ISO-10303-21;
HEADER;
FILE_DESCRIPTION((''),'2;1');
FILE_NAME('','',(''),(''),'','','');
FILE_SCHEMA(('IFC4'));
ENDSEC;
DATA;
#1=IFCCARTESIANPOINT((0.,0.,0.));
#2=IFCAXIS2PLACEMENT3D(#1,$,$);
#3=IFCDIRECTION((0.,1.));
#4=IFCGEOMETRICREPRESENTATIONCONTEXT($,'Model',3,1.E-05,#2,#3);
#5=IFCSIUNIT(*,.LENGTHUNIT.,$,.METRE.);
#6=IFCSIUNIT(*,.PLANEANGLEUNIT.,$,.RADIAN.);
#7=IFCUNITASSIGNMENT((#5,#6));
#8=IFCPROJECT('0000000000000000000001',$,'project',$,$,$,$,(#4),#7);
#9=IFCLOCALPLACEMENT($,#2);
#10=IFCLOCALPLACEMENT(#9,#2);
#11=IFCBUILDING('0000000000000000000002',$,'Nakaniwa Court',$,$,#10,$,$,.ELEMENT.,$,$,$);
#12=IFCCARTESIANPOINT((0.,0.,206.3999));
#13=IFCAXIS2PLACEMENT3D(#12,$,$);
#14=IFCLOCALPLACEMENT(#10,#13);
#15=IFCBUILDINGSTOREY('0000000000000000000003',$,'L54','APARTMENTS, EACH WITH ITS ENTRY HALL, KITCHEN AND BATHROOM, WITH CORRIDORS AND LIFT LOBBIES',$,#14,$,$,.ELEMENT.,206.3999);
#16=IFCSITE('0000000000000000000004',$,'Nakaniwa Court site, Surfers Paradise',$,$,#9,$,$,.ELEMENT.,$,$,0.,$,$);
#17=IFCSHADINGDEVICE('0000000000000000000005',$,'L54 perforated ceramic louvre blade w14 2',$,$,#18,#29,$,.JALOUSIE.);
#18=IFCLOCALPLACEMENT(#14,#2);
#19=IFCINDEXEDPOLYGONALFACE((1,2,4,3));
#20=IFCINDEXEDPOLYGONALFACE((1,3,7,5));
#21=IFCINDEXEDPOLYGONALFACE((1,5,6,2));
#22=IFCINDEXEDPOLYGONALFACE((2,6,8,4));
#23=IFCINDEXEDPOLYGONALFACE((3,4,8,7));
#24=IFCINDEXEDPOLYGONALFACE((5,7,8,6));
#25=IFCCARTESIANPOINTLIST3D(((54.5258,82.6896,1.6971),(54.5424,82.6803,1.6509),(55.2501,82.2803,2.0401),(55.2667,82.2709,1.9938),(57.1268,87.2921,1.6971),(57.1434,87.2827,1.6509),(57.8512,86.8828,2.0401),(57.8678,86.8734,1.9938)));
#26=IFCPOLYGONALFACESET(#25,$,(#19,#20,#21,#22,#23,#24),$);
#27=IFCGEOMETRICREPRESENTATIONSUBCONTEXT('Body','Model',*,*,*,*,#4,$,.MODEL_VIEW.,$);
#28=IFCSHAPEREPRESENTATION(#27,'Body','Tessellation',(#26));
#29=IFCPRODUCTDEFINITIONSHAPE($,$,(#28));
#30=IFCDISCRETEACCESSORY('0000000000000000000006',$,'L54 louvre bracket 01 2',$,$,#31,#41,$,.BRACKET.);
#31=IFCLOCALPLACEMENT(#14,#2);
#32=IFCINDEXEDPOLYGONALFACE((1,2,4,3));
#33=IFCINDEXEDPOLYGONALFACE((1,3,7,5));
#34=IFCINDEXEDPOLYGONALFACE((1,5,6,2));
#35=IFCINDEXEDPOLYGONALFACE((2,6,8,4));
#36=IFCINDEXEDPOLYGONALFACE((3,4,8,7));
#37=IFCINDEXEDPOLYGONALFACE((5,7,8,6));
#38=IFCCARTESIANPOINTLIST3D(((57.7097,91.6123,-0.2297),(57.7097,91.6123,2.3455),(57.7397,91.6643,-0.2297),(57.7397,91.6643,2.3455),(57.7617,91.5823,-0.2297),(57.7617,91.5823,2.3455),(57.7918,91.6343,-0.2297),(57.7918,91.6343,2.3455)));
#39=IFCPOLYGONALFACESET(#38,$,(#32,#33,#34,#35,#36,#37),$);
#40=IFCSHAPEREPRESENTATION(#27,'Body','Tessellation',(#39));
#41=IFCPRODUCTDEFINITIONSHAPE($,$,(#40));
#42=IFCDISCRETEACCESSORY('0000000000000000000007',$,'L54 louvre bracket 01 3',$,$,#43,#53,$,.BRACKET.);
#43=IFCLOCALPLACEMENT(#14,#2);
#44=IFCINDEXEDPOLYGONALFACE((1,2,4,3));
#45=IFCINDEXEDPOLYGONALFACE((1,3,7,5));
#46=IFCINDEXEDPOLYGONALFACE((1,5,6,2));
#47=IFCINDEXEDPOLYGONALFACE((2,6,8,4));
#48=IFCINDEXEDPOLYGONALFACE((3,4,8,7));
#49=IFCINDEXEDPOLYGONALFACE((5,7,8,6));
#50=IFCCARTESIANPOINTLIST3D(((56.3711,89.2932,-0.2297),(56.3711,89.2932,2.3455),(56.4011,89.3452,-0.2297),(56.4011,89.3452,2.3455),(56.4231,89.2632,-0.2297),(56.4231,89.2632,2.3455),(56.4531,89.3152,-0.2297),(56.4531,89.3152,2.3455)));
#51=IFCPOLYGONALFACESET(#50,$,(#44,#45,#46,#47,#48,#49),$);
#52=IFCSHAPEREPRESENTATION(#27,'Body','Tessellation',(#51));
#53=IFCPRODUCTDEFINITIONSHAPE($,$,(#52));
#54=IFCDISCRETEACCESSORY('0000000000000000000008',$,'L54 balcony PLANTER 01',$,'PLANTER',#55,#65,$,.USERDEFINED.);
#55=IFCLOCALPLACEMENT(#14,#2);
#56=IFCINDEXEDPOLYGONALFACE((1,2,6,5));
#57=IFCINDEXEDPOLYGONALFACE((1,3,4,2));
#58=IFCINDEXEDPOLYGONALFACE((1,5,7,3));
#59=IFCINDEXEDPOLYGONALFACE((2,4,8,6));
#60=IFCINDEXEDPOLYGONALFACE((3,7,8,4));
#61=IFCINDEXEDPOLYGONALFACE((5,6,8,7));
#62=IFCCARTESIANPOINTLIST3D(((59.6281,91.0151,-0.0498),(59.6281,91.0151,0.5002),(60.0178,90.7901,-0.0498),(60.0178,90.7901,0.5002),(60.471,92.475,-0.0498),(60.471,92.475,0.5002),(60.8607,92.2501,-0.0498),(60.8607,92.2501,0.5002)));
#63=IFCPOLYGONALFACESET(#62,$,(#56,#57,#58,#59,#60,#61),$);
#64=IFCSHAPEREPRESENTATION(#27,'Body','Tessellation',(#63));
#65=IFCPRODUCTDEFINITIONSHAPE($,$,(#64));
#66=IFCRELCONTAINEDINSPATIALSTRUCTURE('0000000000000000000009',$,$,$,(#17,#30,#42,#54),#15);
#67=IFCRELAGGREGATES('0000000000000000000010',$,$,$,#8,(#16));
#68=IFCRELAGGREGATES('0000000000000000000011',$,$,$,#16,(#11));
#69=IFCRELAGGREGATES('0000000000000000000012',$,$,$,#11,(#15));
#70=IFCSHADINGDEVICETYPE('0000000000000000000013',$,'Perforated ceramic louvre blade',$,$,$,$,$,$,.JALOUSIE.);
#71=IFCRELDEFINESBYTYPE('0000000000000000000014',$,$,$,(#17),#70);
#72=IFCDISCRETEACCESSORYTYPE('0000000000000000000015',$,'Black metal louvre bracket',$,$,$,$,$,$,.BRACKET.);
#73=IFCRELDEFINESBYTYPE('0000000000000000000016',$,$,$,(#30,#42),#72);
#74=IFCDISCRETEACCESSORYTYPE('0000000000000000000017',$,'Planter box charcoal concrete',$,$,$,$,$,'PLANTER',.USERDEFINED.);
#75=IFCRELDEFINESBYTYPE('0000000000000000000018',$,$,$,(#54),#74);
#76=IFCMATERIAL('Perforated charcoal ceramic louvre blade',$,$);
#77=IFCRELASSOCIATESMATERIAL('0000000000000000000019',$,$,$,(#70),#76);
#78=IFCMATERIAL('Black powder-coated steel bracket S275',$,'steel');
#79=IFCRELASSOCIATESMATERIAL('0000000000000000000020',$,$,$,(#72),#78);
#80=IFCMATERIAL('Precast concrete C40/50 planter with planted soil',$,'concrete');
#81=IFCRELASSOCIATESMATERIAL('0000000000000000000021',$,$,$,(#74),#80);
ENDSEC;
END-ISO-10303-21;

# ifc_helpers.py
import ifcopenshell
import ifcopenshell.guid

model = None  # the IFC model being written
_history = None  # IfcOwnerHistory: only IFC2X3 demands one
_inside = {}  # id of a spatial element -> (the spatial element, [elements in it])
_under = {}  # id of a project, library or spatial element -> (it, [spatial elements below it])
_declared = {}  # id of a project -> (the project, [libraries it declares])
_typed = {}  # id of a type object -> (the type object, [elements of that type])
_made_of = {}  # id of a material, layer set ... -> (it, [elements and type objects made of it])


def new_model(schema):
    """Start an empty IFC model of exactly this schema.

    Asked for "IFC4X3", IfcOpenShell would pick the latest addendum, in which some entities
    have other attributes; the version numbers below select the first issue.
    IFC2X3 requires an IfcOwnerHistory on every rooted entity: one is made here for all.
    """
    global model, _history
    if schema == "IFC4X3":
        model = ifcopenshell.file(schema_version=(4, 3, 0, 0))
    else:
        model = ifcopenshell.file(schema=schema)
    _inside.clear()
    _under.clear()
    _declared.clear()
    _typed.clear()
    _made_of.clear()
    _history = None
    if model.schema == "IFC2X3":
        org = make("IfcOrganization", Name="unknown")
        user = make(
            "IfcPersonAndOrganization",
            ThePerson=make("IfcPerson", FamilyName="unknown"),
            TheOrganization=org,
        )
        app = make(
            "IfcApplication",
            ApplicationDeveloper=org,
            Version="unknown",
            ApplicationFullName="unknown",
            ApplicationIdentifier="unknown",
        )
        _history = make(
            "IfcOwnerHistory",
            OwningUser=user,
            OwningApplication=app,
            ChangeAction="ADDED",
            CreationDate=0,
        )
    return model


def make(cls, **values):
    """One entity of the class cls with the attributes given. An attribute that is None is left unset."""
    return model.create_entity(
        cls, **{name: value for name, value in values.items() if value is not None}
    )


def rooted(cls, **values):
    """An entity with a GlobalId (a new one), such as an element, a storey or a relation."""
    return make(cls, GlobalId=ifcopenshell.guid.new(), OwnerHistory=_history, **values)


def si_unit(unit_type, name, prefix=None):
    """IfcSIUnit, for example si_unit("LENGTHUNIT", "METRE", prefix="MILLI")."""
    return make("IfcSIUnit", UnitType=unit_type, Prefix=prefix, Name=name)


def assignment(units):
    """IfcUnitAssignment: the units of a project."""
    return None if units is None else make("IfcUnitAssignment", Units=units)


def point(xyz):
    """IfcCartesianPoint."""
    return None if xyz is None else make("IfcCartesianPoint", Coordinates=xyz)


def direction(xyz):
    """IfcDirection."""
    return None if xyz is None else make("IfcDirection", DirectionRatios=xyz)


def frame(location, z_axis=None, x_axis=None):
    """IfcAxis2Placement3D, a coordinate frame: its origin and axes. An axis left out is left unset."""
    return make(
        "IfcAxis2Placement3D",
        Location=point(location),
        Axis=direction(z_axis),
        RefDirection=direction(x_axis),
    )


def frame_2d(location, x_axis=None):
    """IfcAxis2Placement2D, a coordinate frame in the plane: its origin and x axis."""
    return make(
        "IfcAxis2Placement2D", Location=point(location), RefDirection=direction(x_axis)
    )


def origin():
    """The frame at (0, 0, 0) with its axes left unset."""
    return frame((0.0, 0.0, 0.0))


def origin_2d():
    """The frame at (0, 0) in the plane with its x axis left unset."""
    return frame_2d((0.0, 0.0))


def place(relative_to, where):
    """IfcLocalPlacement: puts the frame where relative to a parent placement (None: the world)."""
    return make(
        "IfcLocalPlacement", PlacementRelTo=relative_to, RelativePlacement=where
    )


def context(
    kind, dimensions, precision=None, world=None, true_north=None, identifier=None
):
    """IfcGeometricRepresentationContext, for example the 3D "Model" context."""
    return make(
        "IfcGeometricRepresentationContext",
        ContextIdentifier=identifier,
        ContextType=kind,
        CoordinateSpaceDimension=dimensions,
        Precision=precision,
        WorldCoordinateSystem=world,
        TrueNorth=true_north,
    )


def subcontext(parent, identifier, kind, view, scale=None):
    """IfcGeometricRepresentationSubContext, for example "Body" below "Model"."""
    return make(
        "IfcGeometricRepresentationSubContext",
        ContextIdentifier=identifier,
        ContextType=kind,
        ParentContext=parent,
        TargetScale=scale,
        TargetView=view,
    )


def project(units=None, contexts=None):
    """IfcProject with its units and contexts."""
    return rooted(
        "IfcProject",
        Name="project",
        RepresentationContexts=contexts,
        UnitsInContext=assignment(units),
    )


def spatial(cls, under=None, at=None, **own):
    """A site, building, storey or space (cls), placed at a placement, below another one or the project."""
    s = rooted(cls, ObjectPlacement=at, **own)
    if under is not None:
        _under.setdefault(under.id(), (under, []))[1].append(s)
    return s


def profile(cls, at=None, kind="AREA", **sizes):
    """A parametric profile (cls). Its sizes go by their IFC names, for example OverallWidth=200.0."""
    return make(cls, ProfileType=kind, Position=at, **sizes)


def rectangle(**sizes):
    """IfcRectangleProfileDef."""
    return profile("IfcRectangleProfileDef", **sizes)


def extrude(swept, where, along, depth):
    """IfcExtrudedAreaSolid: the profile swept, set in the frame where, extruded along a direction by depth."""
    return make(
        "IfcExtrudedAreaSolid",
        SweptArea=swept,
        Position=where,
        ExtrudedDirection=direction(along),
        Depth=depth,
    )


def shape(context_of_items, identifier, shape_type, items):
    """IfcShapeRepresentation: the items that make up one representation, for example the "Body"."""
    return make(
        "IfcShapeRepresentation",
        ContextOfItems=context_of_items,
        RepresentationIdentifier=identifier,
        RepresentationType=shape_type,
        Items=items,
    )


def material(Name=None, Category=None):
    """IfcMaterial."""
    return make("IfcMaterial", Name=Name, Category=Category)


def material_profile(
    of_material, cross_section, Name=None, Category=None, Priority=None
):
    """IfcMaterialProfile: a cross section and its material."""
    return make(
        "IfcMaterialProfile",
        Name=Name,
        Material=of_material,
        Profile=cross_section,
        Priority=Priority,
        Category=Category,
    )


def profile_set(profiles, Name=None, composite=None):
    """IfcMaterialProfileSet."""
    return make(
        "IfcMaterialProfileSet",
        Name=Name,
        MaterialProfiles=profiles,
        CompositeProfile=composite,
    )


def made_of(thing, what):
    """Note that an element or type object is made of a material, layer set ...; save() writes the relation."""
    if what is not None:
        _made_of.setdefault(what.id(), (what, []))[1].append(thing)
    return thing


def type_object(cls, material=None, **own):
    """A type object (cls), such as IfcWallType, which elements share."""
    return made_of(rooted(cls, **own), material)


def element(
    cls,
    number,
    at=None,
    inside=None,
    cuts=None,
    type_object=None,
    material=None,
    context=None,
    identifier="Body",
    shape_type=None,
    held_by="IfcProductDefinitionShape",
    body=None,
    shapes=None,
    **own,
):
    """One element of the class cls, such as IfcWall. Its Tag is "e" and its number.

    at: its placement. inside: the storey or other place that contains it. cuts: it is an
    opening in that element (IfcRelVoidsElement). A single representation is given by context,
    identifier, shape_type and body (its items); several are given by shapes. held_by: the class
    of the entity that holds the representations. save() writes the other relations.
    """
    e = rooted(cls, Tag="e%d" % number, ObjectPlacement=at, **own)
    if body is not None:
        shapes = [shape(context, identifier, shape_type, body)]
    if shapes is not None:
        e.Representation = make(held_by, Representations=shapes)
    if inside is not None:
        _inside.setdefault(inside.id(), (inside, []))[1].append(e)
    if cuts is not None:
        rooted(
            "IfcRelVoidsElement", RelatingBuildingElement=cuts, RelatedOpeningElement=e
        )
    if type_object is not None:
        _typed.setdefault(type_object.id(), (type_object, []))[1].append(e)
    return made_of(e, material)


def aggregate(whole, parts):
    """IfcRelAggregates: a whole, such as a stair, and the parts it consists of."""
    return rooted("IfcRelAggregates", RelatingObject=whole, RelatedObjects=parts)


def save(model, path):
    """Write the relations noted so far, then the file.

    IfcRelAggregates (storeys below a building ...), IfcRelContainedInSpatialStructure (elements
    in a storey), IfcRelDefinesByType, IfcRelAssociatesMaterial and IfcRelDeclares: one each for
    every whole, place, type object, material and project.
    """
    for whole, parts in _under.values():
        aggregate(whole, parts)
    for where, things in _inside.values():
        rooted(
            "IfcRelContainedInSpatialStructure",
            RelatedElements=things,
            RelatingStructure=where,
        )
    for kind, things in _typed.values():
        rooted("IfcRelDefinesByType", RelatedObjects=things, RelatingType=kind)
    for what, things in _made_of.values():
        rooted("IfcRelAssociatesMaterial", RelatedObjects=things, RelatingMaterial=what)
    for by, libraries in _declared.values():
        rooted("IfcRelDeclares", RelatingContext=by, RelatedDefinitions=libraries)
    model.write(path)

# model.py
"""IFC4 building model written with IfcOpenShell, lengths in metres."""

from ifc_helpers import new_model, si_unit, direction, frame, origin, origin_2d, place, context, subcontext, project, spatial, rectangle, extrude, material, material_profile, profile_set, type_object, element, save


model = new_model("IFC4")

# Units and contexts
model_context = context("Model", 3, precision=1e-05, world=origin(), true_north=direction((0.0, 1.0)))
body_context = subcontext(model_context, "Body", "Model", "MODEL_VIEW")
ifc_project = project(units=[si_unit("LENGTHUNIT", "METRE"), si_unit("PLANEANGLEUNIT", "RADIAN")], contexts=[model_context])

# Site, building, storey
site_placement = place(None, origin())
site = spatial("IfcSite", under=ifc_project, at=site_placement, Name="Nakaniwa Court site, Surfers Paradise", CompositionType="ELEMENT", RefElevation=0.0)
building_placement = place(site_placement, origin())
building = spatial("IfcBuilding", under=site, at=building_placement, Name="Nakaniwa Court", CompositionType="ELEMENT")
storey_placement = place(building_placement, frame((0.0, 0.0, 206.3999)))
storey = spatial("IfcBuildingStorey", under=building, at=storey_placement, Name="L54", Description="APARTMENTS, EACH WITH ITS ENTRY HALL, KITCHEN AND BATHROOM, WITH CORRIDORS AND LIFT LOBBIES", CompositionType="ELEMENT", Elevation=206.3999)

# Shading device
ifc_material_1 = material(Name="Perforated charcoal ceramic louvre blade")
ifc_material_profile_1 = material_profile(ifc_material_1, rectangle(XDim=0.8999, YDim=0.05, at=origin_2d()), Name="Perforated ceramic louvre blade")
ifc_profile_set_1 = profile_set([ifc_material_profile_1], Name="Perforated charcoal ceramic louvre blade")
shading_device_type = type_object("IfcShadingDeviceType", Name="Perforated ceramic louvre blade", PredefinedType="JALOUSIE", material=ifc_profile_set_1)
for number, where, z_axis, x_axis, name in (
    (1, (57.4973, 87.0828, 1.8455), (-0.492006, -0.870592, 0.0), (0.804902, -0.454882, 0.38107), "L54 perforated ceramic louvre blade w14 2"),
):
    element("IfcShadingDevice", number, at=place(storey_placement, frame(where, z_axis=z_axis, x_axis=x_axis)), inside=storey, type_object=shading_device_type, Name=name, PredefinedType="JALOUSIE", context=body_context, shape_type="SweptSolid", body=[
        extrude(rectangle(XDim=0.8999, YDim=0.05, at=origin_2d()), origin(), (0.0, 0.0, 1.0), 5.2866),
    ])

# Discrete accessories
ifc_material_2 = material(Name="Black powder-coated steel bracket S275", Category="steel")
discrete_accessory_type_1 = type_object("IfcDiscreteAccessoryType", Name="Black metal louvre bracket", PredefinedType="BRACKET", material=ifc_material_2)
for number, where, z_axis, x_axis, name in (
    (2, (57.7507, 91.6233, -0.2297), (0.0, 0.0, 1.0), (-0.499986, -0.866033, 0.0), "L54 louvre bracket 01 2"),
    (3, (56.4121, 89.3042, -0.2297), (0.0, 0.0, 1.0), (-0.499986, -0.866033, 0.0), "L54 louvre bracket 01 3"),
):
    element("IfcDiscreteAccessory", number, at=place(storey_placement, frame(where, z_axis=z_axis, x_axis=x_axis)), inside=storey, type_object=discrete_accessory_type_1, Name=name, PredefinedType="BRACKET", context=body_context, shape_type="SweptSolid", body=[
        extrude(rectangle(XDim=0.0601, YDim=0.0601, at=origin_2d()), origin(), (0.0, 0.0, 1.0), 2.5752),
    ])
ifc_material_3 = material(Name="Precast concrete C40/50 planter with planted soil", Category="concrete")
discrete_accessory_type_2 = type_object("IfcDiscreteAccessoryType", Name="Planter box charcoal concrete", ElementType="PLANTER", PredefinedType="USERDEFINED", material=ifc_material_3)
discrete_accessory_placement = place(storey_placement, frame((60.2444, 91.6326, -0.0498), z_axis=(0.0, 0.0, 1.0), x_axis=(-0.499986, -0.866033, 0.0)))
element("IfcDiscreteAccessory", 4, at=discrete_accessory_placement, inside=storey, type_object=discrete_accessory_type_2, Name="L54 balcony PLANTER 01", ObjectType="PLANTER", PredefinedType="USERDEFINED", context=body_context, shape_type="SweptSolid", body=[
    extrude(rectangle(XDim=1.6858, YDim=0.45, at=origin_2d()), origin(), (0.0, 0.0, 1.0), 0.55),
])

save(model, "model.ifc")
